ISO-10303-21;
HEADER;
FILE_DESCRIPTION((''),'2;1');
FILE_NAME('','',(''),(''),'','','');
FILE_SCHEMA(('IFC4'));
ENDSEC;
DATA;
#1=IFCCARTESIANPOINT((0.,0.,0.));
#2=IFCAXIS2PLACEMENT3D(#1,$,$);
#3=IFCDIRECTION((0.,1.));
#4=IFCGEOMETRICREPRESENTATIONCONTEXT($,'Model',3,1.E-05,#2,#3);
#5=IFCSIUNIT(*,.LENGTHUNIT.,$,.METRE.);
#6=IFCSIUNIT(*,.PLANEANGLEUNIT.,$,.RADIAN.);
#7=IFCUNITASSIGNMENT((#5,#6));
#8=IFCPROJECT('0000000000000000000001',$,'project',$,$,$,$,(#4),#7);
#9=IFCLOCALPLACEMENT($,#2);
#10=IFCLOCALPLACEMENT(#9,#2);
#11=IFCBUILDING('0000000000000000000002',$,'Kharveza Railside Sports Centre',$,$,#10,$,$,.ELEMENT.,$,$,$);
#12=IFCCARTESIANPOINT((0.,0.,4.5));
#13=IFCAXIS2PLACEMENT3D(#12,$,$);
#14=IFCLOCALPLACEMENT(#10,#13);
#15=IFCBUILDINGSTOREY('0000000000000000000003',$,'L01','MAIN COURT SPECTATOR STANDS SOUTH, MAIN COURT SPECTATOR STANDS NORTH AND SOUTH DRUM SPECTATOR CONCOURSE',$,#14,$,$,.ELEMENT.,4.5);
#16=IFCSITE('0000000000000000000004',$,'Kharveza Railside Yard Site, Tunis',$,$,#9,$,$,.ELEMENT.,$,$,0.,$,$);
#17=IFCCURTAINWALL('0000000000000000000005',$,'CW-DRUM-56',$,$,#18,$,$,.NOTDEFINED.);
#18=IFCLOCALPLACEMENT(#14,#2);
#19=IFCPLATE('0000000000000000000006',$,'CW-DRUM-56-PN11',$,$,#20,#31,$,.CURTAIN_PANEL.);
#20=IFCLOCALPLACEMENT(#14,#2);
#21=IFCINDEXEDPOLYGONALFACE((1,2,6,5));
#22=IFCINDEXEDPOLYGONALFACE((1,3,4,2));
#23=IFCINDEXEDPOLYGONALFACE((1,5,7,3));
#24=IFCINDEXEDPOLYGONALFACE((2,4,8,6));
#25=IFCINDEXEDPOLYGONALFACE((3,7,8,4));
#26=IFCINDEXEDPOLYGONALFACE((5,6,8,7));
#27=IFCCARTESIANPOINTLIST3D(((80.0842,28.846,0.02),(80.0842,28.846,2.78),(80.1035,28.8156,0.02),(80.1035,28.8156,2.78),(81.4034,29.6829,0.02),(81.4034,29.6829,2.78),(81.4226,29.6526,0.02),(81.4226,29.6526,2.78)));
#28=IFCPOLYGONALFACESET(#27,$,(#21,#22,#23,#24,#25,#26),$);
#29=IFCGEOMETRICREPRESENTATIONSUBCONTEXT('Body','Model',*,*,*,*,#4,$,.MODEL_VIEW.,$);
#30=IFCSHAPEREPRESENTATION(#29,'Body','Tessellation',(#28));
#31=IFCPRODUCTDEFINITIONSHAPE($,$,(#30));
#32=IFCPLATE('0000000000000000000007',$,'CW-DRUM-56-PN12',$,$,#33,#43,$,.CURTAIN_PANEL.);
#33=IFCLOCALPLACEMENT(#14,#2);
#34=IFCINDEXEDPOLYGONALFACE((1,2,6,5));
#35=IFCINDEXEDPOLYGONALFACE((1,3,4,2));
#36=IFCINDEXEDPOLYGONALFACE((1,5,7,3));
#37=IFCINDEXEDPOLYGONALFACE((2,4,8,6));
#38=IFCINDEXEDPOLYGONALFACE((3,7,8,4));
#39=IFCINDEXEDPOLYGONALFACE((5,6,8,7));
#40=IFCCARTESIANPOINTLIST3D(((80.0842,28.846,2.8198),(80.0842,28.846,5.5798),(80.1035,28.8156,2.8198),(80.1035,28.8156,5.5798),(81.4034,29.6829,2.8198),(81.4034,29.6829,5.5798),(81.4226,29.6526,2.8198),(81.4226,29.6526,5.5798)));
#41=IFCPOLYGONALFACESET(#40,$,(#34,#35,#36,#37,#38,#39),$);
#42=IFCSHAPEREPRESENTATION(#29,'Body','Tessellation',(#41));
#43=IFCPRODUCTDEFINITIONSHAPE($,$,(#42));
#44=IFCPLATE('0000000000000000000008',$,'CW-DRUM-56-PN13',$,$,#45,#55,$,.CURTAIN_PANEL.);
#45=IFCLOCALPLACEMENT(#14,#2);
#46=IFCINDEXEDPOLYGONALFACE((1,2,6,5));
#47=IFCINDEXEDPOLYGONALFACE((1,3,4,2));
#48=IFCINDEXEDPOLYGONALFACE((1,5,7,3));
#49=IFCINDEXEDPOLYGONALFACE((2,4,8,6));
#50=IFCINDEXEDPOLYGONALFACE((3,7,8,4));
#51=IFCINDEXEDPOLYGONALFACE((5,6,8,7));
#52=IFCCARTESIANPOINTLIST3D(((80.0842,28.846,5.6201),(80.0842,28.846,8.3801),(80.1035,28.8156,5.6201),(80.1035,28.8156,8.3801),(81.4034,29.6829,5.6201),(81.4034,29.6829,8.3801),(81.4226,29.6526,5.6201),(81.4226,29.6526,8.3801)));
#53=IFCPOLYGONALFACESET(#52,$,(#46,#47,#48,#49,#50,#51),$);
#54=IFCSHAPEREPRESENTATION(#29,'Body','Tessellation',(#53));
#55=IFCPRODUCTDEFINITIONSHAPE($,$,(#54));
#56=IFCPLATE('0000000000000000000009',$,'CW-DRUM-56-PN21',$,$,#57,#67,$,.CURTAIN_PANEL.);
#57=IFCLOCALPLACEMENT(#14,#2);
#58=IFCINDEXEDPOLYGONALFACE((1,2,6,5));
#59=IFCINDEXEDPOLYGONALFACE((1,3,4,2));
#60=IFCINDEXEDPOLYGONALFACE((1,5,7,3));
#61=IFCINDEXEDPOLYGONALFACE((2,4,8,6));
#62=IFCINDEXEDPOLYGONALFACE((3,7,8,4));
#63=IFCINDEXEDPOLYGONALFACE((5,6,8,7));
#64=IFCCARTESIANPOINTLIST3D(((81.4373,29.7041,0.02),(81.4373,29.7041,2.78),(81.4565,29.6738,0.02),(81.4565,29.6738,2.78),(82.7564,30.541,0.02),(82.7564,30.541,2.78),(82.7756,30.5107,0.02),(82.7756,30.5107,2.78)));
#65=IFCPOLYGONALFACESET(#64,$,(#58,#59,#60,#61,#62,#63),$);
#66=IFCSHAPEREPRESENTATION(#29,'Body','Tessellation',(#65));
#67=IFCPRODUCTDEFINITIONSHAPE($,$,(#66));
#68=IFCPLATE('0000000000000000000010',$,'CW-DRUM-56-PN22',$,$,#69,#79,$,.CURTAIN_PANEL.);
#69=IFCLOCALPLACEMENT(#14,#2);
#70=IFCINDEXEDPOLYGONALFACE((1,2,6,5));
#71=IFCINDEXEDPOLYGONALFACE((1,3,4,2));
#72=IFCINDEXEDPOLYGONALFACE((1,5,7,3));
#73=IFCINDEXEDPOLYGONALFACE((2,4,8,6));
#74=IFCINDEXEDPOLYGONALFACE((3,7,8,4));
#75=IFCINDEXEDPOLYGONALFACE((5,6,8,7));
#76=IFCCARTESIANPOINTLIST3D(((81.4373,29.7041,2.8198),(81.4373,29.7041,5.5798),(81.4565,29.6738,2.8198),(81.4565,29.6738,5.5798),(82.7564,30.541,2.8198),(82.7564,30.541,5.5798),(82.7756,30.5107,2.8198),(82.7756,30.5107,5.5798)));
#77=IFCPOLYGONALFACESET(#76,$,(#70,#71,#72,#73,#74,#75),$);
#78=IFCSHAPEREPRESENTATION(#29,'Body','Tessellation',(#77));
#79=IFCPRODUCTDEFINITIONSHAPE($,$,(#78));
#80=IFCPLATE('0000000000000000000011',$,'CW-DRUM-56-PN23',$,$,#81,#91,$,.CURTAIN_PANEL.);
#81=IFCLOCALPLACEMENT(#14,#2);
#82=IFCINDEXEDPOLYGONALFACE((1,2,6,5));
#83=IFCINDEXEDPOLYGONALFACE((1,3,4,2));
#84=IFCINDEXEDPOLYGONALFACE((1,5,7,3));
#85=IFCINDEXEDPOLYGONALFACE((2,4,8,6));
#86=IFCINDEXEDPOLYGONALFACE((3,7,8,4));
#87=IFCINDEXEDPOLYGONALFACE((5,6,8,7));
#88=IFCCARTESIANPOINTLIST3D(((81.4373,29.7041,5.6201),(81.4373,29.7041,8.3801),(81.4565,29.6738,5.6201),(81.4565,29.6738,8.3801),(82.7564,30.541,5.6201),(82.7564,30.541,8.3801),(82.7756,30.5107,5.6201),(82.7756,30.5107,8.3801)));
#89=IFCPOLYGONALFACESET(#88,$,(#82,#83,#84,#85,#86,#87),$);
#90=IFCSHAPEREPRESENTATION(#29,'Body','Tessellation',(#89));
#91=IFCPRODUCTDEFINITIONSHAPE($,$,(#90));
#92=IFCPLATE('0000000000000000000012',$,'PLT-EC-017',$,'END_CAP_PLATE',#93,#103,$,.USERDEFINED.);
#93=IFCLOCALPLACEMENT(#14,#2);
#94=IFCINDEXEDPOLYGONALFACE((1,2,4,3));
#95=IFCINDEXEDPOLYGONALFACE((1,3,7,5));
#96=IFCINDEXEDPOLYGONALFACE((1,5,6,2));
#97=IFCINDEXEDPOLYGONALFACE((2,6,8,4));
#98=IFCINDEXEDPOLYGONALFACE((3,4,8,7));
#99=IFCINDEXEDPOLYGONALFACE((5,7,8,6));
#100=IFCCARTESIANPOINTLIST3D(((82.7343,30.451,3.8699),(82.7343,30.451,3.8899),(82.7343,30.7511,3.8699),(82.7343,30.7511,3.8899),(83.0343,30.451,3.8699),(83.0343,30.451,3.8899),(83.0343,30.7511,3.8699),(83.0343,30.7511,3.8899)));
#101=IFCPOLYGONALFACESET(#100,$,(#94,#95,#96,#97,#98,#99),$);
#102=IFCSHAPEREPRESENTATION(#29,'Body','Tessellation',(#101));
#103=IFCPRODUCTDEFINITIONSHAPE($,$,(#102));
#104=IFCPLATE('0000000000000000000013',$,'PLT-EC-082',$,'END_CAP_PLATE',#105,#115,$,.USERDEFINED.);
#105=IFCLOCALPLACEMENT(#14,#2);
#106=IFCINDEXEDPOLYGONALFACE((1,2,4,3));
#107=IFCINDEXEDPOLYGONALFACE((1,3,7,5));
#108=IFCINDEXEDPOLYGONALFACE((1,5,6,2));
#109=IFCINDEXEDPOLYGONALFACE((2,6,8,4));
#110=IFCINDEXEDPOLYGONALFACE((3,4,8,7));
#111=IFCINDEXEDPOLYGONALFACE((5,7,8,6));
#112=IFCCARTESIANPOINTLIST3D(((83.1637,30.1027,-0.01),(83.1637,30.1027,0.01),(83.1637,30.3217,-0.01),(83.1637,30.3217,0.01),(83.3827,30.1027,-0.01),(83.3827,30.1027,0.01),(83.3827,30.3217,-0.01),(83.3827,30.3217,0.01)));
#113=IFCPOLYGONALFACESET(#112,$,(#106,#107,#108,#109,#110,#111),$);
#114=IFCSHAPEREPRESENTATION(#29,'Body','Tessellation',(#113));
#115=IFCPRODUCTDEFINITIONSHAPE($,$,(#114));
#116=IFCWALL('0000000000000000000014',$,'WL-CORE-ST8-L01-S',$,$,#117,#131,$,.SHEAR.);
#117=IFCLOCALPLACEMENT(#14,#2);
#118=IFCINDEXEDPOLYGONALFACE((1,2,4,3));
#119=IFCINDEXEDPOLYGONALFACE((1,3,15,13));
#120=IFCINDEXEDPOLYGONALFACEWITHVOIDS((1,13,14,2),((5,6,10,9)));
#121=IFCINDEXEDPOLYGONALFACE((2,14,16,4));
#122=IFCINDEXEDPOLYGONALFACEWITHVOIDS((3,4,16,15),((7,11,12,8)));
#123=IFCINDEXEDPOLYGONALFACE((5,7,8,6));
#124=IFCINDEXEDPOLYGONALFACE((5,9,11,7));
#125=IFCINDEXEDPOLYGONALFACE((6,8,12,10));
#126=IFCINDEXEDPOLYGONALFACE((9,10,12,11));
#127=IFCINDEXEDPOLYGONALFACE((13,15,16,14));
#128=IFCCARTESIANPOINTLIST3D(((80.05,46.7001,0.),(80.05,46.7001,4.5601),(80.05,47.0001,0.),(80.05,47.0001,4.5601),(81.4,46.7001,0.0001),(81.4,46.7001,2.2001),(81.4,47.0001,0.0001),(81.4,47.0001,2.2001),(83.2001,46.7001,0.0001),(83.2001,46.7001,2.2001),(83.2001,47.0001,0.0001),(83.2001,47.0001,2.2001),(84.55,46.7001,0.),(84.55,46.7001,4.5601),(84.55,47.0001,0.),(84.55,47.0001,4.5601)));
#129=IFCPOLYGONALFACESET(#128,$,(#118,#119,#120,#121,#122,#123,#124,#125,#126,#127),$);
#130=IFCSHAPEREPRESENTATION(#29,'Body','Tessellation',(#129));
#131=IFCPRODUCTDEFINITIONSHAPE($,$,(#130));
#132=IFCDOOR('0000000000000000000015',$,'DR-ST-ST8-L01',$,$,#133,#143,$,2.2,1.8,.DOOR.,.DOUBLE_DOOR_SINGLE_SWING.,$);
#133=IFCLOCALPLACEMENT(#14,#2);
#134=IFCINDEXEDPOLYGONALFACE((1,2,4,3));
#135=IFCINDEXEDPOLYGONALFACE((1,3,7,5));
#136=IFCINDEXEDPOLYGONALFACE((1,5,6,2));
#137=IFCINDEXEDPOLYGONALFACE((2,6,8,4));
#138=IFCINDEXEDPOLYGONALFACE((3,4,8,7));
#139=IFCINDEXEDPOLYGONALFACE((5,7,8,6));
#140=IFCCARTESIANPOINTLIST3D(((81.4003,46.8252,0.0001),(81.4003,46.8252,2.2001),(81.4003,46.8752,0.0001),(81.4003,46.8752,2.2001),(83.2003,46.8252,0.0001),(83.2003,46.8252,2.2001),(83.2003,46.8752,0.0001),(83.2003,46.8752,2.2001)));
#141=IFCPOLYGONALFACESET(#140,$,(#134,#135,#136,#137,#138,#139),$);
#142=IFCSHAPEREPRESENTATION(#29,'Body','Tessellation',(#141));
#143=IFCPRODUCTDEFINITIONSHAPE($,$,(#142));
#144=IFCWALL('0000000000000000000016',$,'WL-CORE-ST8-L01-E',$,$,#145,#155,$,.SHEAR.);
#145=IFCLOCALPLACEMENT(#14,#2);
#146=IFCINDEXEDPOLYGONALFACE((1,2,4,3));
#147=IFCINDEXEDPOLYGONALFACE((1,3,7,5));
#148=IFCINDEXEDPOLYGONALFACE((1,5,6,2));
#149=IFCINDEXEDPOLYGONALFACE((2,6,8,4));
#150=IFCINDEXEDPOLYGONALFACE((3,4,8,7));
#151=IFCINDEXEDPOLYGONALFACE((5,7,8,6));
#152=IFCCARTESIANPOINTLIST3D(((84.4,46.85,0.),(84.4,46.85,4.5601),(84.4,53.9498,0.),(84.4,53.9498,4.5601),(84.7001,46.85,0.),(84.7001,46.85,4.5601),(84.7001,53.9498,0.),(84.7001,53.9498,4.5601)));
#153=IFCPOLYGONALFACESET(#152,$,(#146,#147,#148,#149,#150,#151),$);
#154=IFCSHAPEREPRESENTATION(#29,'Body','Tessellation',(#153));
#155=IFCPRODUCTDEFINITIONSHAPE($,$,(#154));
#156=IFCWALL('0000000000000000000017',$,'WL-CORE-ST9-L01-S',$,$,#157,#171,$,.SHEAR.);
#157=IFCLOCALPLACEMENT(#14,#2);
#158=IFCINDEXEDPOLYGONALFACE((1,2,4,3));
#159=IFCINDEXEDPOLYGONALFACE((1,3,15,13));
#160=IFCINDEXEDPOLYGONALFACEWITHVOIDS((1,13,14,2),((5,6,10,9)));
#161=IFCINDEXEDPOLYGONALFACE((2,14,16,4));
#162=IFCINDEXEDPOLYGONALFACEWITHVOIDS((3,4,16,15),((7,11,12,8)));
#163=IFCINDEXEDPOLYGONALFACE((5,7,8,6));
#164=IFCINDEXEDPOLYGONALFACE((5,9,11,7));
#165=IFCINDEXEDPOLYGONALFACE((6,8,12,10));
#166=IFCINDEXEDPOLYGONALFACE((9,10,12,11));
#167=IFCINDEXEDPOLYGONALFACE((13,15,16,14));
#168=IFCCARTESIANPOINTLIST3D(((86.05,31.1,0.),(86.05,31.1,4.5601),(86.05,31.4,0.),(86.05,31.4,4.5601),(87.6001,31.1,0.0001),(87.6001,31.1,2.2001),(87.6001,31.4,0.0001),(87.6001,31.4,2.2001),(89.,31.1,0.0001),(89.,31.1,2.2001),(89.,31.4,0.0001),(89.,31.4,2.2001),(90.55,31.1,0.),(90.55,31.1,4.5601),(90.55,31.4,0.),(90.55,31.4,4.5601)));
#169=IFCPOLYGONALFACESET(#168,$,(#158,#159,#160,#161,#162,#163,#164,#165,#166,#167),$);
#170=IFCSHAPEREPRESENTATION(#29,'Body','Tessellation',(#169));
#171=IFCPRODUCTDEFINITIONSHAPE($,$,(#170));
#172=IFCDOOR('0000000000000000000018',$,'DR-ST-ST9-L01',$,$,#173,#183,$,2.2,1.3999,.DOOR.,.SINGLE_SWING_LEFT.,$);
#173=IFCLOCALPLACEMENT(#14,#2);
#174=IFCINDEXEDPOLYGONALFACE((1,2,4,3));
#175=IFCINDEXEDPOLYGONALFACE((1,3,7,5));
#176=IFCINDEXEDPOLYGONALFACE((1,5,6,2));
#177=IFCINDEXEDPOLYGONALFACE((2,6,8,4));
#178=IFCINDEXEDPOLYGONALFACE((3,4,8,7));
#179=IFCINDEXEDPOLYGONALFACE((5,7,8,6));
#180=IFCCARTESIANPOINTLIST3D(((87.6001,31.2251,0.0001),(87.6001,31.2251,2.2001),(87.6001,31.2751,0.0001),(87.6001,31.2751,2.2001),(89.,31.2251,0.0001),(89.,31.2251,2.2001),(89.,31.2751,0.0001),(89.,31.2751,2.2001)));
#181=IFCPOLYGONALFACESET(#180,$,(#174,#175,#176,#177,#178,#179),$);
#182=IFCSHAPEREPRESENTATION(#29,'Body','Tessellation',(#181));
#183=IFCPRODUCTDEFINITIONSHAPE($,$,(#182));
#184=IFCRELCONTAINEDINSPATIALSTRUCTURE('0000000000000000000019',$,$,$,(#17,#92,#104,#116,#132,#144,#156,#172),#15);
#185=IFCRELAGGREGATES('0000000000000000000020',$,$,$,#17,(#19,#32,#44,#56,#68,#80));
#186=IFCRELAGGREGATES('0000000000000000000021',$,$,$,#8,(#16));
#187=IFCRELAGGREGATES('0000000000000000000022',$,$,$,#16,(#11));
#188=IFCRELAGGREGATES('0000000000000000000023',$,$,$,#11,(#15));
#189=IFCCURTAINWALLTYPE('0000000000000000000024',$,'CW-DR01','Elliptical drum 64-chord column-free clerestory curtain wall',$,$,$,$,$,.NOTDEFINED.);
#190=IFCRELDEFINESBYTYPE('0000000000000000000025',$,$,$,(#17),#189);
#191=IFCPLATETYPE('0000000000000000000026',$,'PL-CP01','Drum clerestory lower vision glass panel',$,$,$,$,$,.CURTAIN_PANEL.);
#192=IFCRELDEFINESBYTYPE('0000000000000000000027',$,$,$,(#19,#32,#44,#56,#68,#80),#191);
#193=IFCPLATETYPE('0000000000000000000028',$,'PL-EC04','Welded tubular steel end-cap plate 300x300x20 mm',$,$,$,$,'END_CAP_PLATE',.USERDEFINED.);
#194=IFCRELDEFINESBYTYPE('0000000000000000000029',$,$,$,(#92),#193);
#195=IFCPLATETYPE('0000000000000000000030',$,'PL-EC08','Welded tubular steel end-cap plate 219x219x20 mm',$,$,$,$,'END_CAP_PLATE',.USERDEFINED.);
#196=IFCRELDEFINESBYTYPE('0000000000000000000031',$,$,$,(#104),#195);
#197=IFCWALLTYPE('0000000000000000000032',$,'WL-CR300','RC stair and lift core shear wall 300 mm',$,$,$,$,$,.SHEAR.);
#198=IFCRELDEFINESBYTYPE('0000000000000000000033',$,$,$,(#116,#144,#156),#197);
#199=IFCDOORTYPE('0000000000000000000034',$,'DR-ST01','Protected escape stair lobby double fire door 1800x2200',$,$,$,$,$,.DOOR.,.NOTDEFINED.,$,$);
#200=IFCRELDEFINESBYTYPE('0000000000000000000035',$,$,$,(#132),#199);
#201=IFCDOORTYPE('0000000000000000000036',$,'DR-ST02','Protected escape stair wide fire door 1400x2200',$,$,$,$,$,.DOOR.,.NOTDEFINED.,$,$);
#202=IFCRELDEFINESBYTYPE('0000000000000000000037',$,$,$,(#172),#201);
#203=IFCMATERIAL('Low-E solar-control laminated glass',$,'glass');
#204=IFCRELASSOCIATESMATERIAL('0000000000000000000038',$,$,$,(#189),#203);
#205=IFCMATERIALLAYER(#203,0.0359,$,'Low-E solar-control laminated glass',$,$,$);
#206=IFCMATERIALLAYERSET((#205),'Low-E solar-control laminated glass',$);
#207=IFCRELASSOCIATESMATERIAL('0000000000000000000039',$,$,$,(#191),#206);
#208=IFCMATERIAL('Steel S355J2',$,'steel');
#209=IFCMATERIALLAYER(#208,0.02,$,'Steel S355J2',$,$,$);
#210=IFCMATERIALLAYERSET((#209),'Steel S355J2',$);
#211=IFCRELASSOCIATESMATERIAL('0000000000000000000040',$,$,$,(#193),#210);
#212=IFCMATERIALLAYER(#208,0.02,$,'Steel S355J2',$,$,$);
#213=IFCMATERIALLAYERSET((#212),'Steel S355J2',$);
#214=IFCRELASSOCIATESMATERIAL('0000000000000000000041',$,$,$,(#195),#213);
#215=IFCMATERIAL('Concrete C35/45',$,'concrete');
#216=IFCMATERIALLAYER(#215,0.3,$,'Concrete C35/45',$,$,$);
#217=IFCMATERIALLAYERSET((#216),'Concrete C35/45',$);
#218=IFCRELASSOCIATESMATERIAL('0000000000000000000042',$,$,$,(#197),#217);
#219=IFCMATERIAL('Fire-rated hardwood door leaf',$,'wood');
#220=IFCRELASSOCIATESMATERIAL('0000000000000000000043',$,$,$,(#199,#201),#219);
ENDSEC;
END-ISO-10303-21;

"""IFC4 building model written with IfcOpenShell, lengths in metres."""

from ifc_helpers import new_model, si_unit, direction, frame, frame_2d, origin, origin_2d, place, context, subcontext, project, spatial, rectangle, extrude, material, layer, layer_set, type_object, element, fill, aggregate, save


model = new_model("IFC4")

# Units and contexts
model_context = context("Model", 3, precision=1e-05, world=origin(), true_north=direction((0.0, 1.0)))
body_context = subcontext(model_context, "Body", "Model", "MODEL_VIEW")
ifc_project = project(units=[si_unit("LENGTHUNIT", "METRE"), si_unit("PLANEANGLEUNIT", "RADIAN")], contexts=[model_context])

# Site, building, storey
site_placement = place(None, origin())
site = spatial("IfcSite", under=ifc_project, at=site_placement, Name="Kharveza Railside Yard Site, Tunis", CompositionType="ELEMENT", RefElevation=0.0)
building_placement = place(site_placement, origin())
building = spatial("IfcBuilding", under=site, at=building_placement, Name="Kharveza Railside Sports Centre", CompositionType="ELEMENT")
storey_placement = place(building_placement, frame((0.0, 0.0, 4.5)))
storey = spatial("IfcBuildingStorey", under=building, at=storey_placement, Name="L01", Description="MAIN COURT SPECTATOR STANDS SOUTH, MAIN COURT SPECTATOR STANDS NORTH AND SOUTH DRUM SPECTATOR CONCOURSE", CompositionType="ELEMENT", Elevation=4.5)

# Shared definitions
ifc_material_1 = material(Name="Steel S355J2", Category="steel")

# Curtain wall
ifc_material_2 = material(Name="Low-E solar-control laminated glass", Category="glass")
curtain_wall_type = type_object("IfcCurtainWallType", Name="CW-DR01", Description="Elliptical drum 64-chord column-free clerestory curtain wall", PredefinedType="NOTDEFINED", material=ifc_material_2)
curtain_wall_placement = place(storey_placement, origin())
curtain_wall = element("IfcCurtainWall", 1, at=curtain_wall_placement, inside=storey, type_object=curtain_wall_type, Name="CW-DRUM-56", PredefinedType="NOTDEFINED")

# Plates
ifc_layer_1 = layer(ifc_material_2, 0.0359, Name="Low-E solar-control laminated glass")
ifc_layer_set_1 = layer_set([ifc_layer_1], Name="Low-E solar-control laminated glass")
plate_type_1 = type_object("IfcPlateType", Name="PL-CP01", Description="Drum clerestory lower vision glass panel", PredefinedType="CURTAIN_PANEL", material=ifc_layer_set_1)
plate_1_placement = place(storey_placement, frame((80.7534, 29.2493, 0.02), z_axis=(0.0, 0.0, 1.0), x_axis=(0.844393, 0.535724, 0.0)))
plate_1 = element("IfcPlate", 2, at=plate_1_placement, type_object=plate_type_1, Name="CW-DRUM-56-PN11", PredefinedType="CURTAIN_PANEL", context=body_context, shape_type="SweptSolid", body=[
    extrude(rectangle(XDim=1.5623, YDim=0.0359, at=origin_2d()), origin(), (0.0, 0.0, 1.0), 2.76),
])
plate_2_placement = place(storey_placement, frame((80.7534, 29.2493, 2.8198), z_axis=(0.0, 0.0, 1.0), x_axis=(0.844393, 0.535724, 0.0)))
plate_2 = element("IfcPlate", 3, at=plate_2_placement, type_object=plate_type_1, Name="CW-DRUM-56-PN12", PredefinedType="CURTAIN_PANEL", context=body_context, shape_type="SweptSolid", body=[
    extrude(rectangle(XDim=1.5623, YDim=0.0359, at=origin_2d()), origin(), (0.0, 0.0, 1.0), 2.76),
])
plate_3_placement = place(storey_placement, frame((80.7534, 29.2493, 5.6201), z_axis=(0.0, 0.0, 1.0), x_axis=(0.844393, 0.535724, 0.0)))
plate_3 = element("IfcPlate", 4, at=plate_3_placement, type_object=plate_type_1, Name="CW-DRUM-56-PN13", PredefinedType="CURTAIN_PANEL", context=body_context, shape_type="SweptSolid", body=[
    extrude(rectangle(XDim=1.5623, YDim=0.0359, at=origin_2d()), origin(), (0.0, 0.0, 1.0), 2.76),
])
plate_4_placement = place(storey_placement, frame((82.1064, 30.1074, 0.02), z_axis=(0.0, 0.0, 1.0), x_axis=(0.844393, 0.535724, 0.0)))
plate_4 = element("IfcPlate", 5, at=plate_4_placement, type_object=plate_type_1, Name="CW-DRUM-56-PN21", PredefinedType="CURTAIN_PANEL", context=body_context, shape_type="SweptSolid", body=[
    extrude(rectangle(XDim=1.5623, YDim=0.0359, at=origin_2d()), origin(), (0.0, 0.0, 1.0), 2.76),
])
plate_5_placement = place(storey_placement, frame((82.1064, 30.1074, 2.8198), z_axis=(0.0, 0.0, 1.0), x_axis=(0.844393, 0.535724, 0.0)))
plate_5 = element("IfcPlate", 6, at=plate_5_placement, type_object=plate_type_1, Name="CW-DRUM-56-PN22", PredefinedType="CURTAIN_PANEL", context=body_context, shape_type="SweptSolid", body=[
    extrude(rectangle(XDim=1.5623, YDim=0.0359, at=origin_2d()), origin(), (0.0, 0.0, 1.0), 2.76),
])
plate_6_placement = place(storey_placement, frame((82.1064, 30.1074, 5.6201), z_axis=(0.0, 0.0, 1.0), x_axis=(0.844393, 0.535724, 0.0)))
plate_6 = element("IfcPlate", 7, at=plate_6_placement, type_object=plate_type_1, Name="CW-DRUM-56-PN23", PredefinedType="CURTAIN_PANEL", context=body_context, shape_type="SweptSolid", body=[
    extrude(rectangle(XDim=1.5623, YDim=0.0359, at=origin_2d()), origin(), (0.0, 0.0, 1.0), 2.76),
])
aggregate(curtain_wall, [plate_1, plate_2, plate_3, plate_4, plate_5, plate_6])

# Plates
ifc_layer_2 = layer(ifc_material_1, 0.02, Name="Steel S355J2")
ifc_layer_set_2 = layer_set([ifc_layer_2], Name="Steel S355J2")
plate_type_2 = type_object("IfcPlateType", Name="PL-EC04", Description="Welded tubular steel end-cap plate 300x300x20 mm", ElementType="END_CAP_PLATE", PredefinedType="USERDEFINED", material=ifc_layer_set_2)
plate_7_placement = place(storey_placement, frame((82.8843, 30.6011, 3.8699), z_axis=(0.0, 0.0, 1.0), x_axis=(1.0, 0.0, 0.0)))
element("IfcPlate", 8, at=plate_7_placement, inside=storey, type_object=plate_type_2, Name="PLT-EC-017", ObjectType="END_CAP_PLATE", PredefinedType="USERDEFINED", context=body_context, shape_type="SweptSolid", body=[
    extrude(rectangle(XDim=0.3, YDim=0.3, at=origin_2d()), origin(), (0.0, 0.0, 1.0), 0.02),
])
ifc_layer_3 = layer(ifc_material_1, 0.02, Name="Steel S355J2")
ifc_layer_set_3 = layer_set([ifc_layer_3], Name="Steel S355J2")
plate_type_3 = type_object("IfcPlateType", Name="PL-EC08", Description="Welded tubular steel end-cap plate 219x219x20 mm", ElementType="END_CAP_PLATE", PredefinedType="USERDEFINED", material=ifc_layer_set_3)
plate_8_placement = place(storey_placement, frame((83.2732, 30.2122, -0.01), z_axis=(0.0, 0.0, 1.0), x_axis=(1.0, 0.0, 0.0)))
element("IfcPlate", 9, at=plate_8_placement, inside=storey, type_object=plate_type_3, Name="PLT-EC-082", ObjectType="END_CAP_PLATE", PredefinedType="USERDEFINED", context=body_context, shape_type="SweptSolid", body=[
    extrude(rectangle(XDim=0.219, YDim=0.219, at=origin_2d()), origin(), (0.0, 0.0, 1.0), 0.02),
])

# Wall, opening, door
ifc_material_3 = material(Name="Concrete C35/45", Category="concrete")
ifc_layer_4 = layer(ifc_material_3, 0.3, Name="Concrete C35/45")
ifc_layer_set_4 = layer_set([ifc_layer_4], Name="Concrete C35/45")
wall_type_1 = type_object("IfcWallType", Name="WL-CR300", Description="RC stair and lift core shear wall 300 mm", PredefinedType="SHEAR", material=ifc_layer_set_4)
wall_1_placement = place(storey_placement, frame((80.05, 46.8501, 0.0), z_axis=(0.0, 0.0, 1.0), x_axis=(1.0, 0.0, 0.0)))
wall_1 = element("IfcWall", 10, at=wall_1_placement, inside=storey, type_object=wall_type_1, Name="WL-CORE-ST8-L01-S", PredefinedType="SHEAR", context=body_context, shape_type="SweptSolid", body=[
    extrude(rectangle(XDim=4.5, YDim=0.3, at=frame_2d((2.25, 0.0))), origin(), (0.0, 0.0, 1.0), 4.5601),
])
opening_1_placement = place(wall_1_placement, frame((1.3501, 0.0, 0.0)))
opening_1 = element("IfcOpeningElement", 11, at=opening_1_placement, cuts=wall_1, PredefinedType="OPENING", context=body_context, shape_type="SweptSolid", body=[
    extrude(rectangle(XDim=1.8, YDim=2.2, at=frame_2d((0.8999, 1.1001))), frame((0.0, 0.1748, 0.0), z_axis=(0.0, -1.0, 0.0), x_axis=(1.0, 0.0, 0.0)), (0.0, 0.0, 1.0), 0.3499),
])
ifc_material_4 = material(Name="Fire-rated hardwood door leaf", Category="wood")
door_type_1 = type_object("IfcDoorType", Name="DR-ST01", Description="Protected escape stair lobby double fire door 1800x2200", OperationType="NOTDEFINED", PredefinedType="DOOR", material=ifc_material_4)
door_1_placement = place(opening_1_placement, frame((1.8, 0.0, 0.0), z_axis=(0.0, 0.0, 1.0), x_axis=(-1.0, 0.0, 0.0)))
door_1 = element("IfcDoor", 12, at=door_1_placement, inside=storey, type_object=door_type_1, Name="DR-ST-ST8-L01", OperationType="DOUBLE_DOOR_SINGLE_SWING", OverallHeight=2.2, OverallWidth=1.8, PredefinedType="DOOR", context=body_context, shape_type="SweptSolid", body=[
    extrude(rectangle(XDim=1.8, YDim=2.2, at=frame_2d((0.8999, 1.1001))), frame((0.0, 0.0249, 0.0), z_axis=(0.0, -1.0, 0.0), x_axis=(1.0, 0.0, 0.0)), (0.0, 0.0, 1.0), 0.05),
])
fill(opening_1, door_1)

# Wall
wall_2_placement = place(storey_placement, frame((84.55, 46.8501, 0.0), z_axis=(0.0, 0.0, 1.0), x_axis=(0.0, 1.0, 0.0)))
element("IfcWall", 13, at=wall_2_placement, inside=storey, type_object=wall_type_1, Name="WL-CORE-ST8-L01-E", PredefinedType="SHEAR", context=body_context, shape_type="SweptSolid", body=[
    extrude(rectangle(XDim=7.0999, YDim=0.3, at=frame_2d((3.5498, 0.0))), origin(), (0.0, 0.0, 1.0), 4.5601),
])

# Wall, opening, door
wall_3_placement = place(storey_placement, frame((86.05, 31.25, 0.0), z_axis=(0.0, 0.0, 1.0), x_axis=(1.0, 0.0, 0.0)))
wall_3 = element("IfcWall", 14, at=wall_3_placement, inside=storey, type_object=wall_type_1, Name="WL-CORE-ST9-L01-S", PredefinedType="SHEAR", context=body_context, shape_type="SweptSolid", body=[
    extrude(rectangle(XDim=4.5, YDim=0.3, at=frame_2d((2.25, 0.0))), origin(), (0.0, 0.0, 1.0), 4.5601),
])
opening_2_placement = place(wall_3_placement, frame((1.55, 0.0, 0.0)))
opening_2 = element("IfcOpeningElement", 15, at=opening_2_placement, cuts=wall_3, PredefinedType="OPENING", context=body_context, shape_type="SweptSolid", body=[
    extrude(rectangle(XDim=1.3999, YDim=2.2, at=frame_2d((0.7, 1.1001))), frame((0.0, 0.1748, 0.0), z_axis=(0.0, -1.0, 0.0), x_axis=(1.0, 0.0, 0.0)), (0.0, 0.0, 1.0), 0.3499),
])
door_type_2 = type_object("IfcDoorType", Name="DR-ST02", Description="Protected escape stair wide fire door 1400x2200", OperationType="NOTDEFINED", PredefinedType="DOOR", material=ifc_material_4)
door_2_placement = place(opening_2_placement, frame((1.3999, 0.0, 0.0), z_axis=(0.0, 0.0, 1.0), x_axis=(-1.0, 0.0, 0.0)))
door_2 = element("IfcDoor", 16, at=door_2_placement, inside=storey, type_object=door_type_2, Name="DR-ST-ST9-L01", OperationType="SINGLE_SWING_LEFT", OverallHeight=2.2, OverallWidth=1.3999, PredefinedType="DOOR", context=body_context, shape_type="SweptSolid", body=[
    extrude(rectangle(XDim=1.3999, YDim=2.2, at=frame_2d((0.7, 1.1001))), frame((0.0, 0.0249, 0.0), z_axis=(0.0, -1.0, 0.0), x_axis=(1.0, 0.0, 0.0)), (0.0, 0.0, 1.0), 0.05),
])
fill(opening_2, door_2)

save(model, "model.ifc")
